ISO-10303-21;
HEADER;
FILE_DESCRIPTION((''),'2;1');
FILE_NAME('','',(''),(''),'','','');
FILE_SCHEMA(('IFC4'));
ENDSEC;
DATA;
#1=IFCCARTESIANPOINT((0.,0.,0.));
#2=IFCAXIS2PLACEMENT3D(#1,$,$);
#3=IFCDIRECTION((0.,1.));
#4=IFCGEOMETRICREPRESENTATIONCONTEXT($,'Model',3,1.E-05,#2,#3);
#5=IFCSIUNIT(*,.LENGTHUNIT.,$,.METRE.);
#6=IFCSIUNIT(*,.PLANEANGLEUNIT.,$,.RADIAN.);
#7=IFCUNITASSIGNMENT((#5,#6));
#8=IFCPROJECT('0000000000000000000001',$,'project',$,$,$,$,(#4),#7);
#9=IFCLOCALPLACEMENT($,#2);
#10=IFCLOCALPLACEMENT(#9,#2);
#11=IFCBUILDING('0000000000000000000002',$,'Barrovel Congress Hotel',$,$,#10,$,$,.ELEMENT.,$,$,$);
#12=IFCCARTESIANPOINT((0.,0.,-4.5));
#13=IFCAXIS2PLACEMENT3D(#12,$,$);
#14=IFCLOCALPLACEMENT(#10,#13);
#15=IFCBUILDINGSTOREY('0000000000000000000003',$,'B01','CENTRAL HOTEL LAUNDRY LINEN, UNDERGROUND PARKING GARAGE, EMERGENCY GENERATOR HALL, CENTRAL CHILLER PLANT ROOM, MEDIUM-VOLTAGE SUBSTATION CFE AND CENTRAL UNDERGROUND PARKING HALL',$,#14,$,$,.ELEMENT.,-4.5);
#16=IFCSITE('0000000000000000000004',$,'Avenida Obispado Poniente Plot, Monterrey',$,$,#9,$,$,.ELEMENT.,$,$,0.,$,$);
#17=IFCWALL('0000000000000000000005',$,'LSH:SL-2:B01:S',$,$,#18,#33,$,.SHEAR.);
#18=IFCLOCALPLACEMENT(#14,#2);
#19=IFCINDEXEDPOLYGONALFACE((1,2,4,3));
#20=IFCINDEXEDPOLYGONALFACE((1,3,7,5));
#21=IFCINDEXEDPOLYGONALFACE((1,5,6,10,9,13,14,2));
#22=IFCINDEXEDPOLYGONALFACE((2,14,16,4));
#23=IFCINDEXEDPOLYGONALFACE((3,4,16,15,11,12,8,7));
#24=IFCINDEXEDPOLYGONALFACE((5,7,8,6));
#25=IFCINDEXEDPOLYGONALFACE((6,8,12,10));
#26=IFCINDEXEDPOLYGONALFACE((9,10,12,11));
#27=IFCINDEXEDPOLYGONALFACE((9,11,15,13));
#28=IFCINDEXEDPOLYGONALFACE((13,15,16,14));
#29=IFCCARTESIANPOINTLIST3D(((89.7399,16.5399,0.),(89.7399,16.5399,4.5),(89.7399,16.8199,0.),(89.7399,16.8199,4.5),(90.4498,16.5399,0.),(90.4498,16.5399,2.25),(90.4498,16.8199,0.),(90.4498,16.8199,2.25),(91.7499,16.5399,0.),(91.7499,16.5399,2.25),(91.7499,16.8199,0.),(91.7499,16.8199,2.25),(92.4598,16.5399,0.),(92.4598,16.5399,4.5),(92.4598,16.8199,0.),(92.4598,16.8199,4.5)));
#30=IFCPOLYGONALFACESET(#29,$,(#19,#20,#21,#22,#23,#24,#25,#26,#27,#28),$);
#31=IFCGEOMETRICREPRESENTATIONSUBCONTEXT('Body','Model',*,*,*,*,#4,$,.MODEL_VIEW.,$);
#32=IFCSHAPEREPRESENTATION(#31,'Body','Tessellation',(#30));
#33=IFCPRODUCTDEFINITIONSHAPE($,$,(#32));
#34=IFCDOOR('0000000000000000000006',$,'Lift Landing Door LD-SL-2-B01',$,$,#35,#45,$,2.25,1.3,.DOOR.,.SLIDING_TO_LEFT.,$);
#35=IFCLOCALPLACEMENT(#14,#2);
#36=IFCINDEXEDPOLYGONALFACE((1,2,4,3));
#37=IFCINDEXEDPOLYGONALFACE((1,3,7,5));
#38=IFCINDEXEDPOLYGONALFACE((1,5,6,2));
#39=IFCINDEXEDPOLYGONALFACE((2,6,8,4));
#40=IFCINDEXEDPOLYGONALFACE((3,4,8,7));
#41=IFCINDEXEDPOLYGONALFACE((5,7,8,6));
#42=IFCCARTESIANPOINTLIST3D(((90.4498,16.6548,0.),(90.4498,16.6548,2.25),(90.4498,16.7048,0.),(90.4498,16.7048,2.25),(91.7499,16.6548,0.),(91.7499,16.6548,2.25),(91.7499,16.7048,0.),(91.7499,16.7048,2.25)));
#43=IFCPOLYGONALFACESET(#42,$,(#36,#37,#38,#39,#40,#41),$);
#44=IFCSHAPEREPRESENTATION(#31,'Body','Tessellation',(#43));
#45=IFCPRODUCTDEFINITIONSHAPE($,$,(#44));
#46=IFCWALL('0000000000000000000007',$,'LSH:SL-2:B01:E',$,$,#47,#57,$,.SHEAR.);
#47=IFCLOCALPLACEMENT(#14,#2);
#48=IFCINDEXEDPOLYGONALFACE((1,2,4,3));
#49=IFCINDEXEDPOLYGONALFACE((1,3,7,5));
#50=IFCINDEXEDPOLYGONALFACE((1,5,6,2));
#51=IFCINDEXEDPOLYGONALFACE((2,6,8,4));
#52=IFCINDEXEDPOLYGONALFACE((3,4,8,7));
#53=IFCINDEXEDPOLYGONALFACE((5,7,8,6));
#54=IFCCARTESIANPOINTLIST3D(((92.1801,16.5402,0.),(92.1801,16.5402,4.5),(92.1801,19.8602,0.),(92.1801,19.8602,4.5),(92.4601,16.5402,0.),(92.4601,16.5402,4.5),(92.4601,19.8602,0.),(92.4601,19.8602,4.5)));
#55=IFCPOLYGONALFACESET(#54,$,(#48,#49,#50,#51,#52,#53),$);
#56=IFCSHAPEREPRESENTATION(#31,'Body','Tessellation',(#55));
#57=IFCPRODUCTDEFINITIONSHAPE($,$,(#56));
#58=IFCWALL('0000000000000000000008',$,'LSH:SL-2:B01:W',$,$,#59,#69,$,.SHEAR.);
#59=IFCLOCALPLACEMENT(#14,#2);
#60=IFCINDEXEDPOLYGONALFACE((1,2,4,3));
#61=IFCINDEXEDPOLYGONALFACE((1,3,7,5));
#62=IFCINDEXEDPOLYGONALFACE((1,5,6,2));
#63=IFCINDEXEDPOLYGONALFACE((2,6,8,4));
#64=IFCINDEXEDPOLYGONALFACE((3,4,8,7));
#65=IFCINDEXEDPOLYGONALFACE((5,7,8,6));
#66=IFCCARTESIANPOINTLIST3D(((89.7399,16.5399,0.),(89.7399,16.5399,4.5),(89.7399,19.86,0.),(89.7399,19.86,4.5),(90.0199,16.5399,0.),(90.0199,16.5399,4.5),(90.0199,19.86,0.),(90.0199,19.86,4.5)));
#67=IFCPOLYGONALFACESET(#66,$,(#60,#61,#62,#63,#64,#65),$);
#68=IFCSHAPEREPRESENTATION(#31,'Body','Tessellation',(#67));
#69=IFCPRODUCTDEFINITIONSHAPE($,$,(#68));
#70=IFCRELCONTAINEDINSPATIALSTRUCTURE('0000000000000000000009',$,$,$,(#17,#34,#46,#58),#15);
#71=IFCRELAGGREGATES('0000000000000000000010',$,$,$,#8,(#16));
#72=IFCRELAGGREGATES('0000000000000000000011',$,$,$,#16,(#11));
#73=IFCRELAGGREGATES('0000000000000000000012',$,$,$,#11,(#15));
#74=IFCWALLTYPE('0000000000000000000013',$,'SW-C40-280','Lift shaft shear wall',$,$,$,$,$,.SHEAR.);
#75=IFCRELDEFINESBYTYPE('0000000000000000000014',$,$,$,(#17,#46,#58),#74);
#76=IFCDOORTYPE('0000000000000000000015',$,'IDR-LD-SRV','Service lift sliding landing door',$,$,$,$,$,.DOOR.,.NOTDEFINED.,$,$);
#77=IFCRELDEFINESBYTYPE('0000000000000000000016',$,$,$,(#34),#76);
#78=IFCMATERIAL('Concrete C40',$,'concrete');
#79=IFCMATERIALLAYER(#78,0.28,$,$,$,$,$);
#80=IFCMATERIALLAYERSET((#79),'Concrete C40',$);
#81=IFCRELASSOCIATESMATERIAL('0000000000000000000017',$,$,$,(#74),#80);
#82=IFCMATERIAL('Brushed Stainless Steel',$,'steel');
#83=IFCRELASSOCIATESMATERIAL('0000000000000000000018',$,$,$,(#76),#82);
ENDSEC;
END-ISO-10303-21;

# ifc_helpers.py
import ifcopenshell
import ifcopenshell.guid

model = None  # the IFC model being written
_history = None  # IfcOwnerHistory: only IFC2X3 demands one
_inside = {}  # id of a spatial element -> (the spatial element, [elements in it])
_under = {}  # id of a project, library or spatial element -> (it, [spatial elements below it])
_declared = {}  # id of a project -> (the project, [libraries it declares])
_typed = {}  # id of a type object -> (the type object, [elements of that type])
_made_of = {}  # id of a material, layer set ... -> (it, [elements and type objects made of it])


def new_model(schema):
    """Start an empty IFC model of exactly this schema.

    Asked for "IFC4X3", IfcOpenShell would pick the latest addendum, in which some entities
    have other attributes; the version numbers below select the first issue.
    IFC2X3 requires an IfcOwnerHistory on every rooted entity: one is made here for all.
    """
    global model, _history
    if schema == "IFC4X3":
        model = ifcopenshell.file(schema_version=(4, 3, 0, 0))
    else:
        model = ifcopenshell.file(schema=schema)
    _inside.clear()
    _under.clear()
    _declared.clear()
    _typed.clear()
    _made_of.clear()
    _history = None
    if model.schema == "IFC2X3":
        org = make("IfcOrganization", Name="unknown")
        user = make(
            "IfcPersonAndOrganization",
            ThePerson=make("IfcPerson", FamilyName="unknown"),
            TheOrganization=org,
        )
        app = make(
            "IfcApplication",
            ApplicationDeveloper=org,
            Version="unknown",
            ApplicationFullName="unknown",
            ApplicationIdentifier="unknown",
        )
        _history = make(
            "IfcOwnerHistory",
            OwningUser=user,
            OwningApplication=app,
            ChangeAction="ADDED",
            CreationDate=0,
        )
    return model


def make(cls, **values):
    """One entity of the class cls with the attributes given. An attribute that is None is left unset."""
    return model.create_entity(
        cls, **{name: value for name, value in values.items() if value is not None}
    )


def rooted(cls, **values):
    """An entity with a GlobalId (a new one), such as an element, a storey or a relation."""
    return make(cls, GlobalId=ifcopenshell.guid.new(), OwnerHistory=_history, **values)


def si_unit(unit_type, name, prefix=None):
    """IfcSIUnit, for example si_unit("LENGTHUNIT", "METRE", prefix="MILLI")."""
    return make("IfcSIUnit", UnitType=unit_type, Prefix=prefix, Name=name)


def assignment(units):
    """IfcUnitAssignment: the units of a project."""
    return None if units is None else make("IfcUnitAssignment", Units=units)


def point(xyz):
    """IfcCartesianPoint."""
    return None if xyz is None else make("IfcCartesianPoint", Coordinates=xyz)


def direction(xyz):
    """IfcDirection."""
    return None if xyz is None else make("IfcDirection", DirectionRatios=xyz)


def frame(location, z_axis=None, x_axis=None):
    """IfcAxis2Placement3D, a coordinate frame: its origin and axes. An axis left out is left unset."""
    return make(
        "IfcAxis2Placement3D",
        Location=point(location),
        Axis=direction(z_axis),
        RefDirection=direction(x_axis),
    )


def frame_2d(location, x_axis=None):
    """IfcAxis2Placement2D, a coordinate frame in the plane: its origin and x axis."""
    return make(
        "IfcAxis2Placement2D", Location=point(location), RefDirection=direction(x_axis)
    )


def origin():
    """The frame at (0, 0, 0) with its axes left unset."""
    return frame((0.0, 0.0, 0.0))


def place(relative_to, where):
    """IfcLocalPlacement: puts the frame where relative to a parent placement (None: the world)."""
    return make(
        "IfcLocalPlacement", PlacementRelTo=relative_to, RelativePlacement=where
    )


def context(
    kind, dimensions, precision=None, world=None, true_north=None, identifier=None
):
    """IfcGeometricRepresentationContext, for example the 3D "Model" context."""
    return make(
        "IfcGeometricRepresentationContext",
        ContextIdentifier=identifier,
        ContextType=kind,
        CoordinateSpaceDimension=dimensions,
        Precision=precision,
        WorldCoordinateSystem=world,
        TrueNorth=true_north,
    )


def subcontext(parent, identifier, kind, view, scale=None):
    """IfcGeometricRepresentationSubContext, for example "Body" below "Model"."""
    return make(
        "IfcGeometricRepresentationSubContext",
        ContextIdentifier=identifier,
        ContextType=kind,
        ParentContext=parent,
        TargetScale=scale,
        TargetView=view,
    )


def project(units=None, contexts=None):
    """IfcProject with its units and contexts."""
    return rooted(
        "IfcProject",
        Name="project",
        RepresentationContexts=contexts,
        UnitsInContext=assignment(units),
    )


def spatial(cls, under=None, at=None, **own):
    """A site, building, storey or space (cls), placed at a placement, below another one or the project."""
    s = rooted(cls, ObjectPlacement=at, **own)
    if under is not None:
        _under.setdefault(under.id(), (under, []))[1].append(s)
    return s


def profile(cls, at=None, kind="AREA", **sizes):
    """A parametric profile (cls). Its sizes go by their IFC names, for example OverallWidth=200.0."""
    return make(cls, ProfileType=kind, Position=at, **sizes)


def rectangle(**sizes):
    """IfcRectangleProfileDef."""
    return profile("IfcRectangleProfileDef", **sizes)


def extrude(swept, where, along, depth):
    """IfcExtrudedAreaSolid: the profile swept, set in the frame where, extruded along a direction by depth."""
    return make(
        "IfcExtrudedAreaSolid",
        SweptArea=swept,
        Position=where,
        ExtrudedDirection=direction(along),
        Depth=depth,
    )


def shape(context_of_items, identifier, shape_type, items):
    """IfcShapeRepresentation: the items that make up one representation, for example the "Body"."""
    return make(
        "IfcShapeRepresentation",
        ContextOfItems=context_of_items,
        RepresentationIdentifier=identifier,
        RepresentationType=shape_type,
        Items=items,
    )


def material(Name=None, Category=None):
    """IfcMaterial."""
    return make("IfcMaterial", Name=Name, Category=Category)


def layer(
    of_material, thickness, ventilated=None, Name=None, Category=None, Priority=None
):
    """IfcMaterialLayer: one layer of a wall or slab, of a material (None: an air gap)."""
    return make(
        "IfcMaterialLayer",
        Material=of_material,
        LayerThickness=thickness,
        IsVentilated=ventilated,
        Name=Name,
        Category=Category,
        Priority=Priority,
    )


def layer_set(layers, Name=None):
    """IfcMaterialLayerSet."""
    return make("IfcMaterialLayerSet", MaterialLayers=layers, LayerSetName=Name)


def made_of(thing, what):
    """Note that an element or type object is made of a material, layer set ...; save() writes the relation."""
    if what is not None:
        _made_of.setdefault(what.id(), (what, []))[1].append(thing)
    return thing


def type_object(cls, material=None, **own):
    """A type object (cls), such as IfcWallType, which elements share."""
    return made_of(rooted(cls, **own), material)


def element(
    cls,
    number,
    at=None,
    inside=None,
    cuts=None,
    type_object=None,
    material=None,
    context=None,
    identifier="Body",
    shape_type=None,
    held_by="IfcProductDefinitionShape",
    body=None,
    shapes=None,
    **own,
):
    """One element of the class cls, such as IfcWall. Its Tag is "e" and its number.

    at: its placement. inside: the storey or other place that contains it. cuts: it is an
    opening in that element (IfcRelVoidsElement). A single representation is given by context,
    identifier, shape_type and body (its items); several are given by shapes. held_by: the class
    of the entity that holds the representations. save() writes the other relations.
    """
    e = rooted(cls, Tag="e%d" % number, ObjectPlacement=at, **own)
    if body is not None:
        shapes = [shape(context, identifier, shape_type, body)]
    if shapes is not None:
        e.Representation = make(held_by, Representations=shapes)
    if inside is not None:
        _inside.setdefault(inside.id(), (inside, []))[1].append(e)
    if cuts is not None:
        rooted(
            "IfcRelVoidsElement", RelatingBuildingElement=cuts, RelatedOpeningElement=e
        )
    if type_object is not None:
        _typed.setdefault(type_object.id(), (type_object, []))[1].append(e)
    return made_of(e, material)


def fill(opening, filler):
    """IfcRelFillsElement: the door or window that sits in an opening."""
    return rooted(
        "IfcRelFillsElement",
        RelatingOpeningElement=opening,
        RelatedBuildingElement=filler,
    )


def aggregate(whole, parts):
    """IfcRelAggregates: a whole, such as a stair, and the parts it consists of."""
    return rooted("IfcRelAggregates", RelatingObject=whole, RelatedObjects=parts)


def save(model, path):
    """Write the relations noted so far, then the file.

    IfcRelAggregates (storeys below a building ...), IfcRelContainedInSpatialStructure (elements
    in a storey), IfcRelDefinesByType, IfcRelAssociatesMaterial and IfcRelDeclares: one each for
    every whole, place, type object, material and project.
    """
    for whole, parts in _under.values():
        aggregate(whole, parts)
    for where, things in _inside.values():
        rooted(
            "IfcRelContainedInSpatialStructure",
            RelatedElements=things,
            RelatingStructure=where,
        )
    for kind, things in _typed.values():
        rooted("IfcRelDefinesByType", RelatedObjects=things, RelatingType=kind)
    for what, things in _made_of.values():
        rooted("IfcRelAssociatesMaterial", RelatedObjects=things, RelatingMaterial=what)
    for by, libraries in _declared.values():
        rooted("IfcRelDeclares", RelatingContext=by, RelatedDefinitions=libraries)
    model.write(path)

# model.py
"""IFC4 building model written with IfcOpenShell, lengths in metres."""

from ifc_helpers import new_model, si_unit, direction, frame, frame_2d, origin, place, context, subcontext, project, spatial, rectangle, extrude, material, layer, layer_set, type_object, element, fill, save


model = new_model("IFC4")

# Units and contexts
model_context = context("Model", 3, precision=1e-05, world=origin(), true_north=direction((0.0, 1.0)))
body_context = subcontext(model_context, "Body", "Model", "MODEL_VIEW")
ifc_project = project(units=[si_unit("LENGTHUNIT", "METRE"), si_unit("PLANEANGLEUNIT", "RADIAN")], contexts=[model_context])

# Site, building, storey
site_placement = place(None, origin())
site = spatial("IfcSite", under=ifc_project, at=site_placement, Name="Avenida Obispado Poniente Plot, Monterrey", CompositionType="ELEMENT", RefElevation=0.0)
building_placement = place(site_placement, origin())
building = spatial("IfcBuilding", under=site, at=building_placement, Name="Barrovel Congress Hotel", CompositionType="ELEMENT")
storey_placement = place(building_placement, frame((0.0, 0.0, -4.5)))
storey = spatial("IfcBuildingStorey", under=building, at=storey_placement, Name="B01", Description="CENTRAL HOTEL LAUNDRY LINEN, UNDERGROUND PARKING GARAGE, EMERGENCY GENERATOR HALL, CENTRAL CHILLER PLANT ROOM, MEDIUM-VOLTAGE SUBSTATION CFE AND CENTRAL UNDERGROUND PARKING HALL", CompositionType="ELEMENT", Elevation=-4.5)

# Shared definitions
ifc_material_1 = material(Name="Concrete C40", Category="concrete")

# Shared definitions
ifc_layer = layer(ifc_material_1, 0.28)
ifc_layer_set = layer_set([ifc_layer], Name="Concrete C40")
wall_type = type_object("IfcWallType", Name="SW-C40-280", Description="Lift shaft shear wall", PredefinedType="SHEAR", material=ifc_layer_set)

# Shared definitions
ifc_material_2 = material(Name="Brushed Stainless Steel", Category="steel")

# Wall, opening, door
wall_1_placement = place(storey_placement, frame((89.74, 16.6799, 0.0), z_axis=(0.0, 0.0, 1.0), x_axis=(1.0, 0.0, 0.0)))
wall_1 = element("IfcWall", 1, at=wall_1_placement, inside=storey, type_object=wall_type, Name="LSH:SL-2:B01:S", PredefinedType="SHEAR", context=body_context, shape_type="SweptSolid", body=[
    extrude(rectangle(XDim=2.72, YDim=0.28, at=frame_2d((1.3599, 0.0))), origin(), (0.0, 0.0, 1.0), 4.5),
])
opening_1_placement = place(wall_1_placement, frame((0.71, 0.0, 0.0)))
opening_1 = element("IfcOpeningElement", 2, at=opening_1_placement, cuts=wall_1, PredefinedType="OPENING", context=body_context, shape_type="SweptSolid", body=[
    extrude(rectangle(XDim=1.3, YDim=2.25, at=frame_2d((0.6499, 1.125))), frame((0.0, 0.1499, 0.0), z_axis=(0.0, -1.0, 0.0), x_axis=(1.0, 0.0, 0.0)), (0.0, 0.0, 1.0), 0.3),
])
door_type_1 = type_object("IfcDoorType", Name="IDR-LD-SRV", Description="Service lift sliding landing door", OperationType="NOTDEFINED", PredefinedType="DOOR", material=ifc_material_2)
door_1_placement = place(opening_1_placement, origin())
door_1 = element("IfcDoor", 3, at=door_1_placement, inside=storey, type_object=door_type_1, Name="Lift Landing Door LD-SL-2-B01", OperationType="SLIDING_TO_LEFT", OverallHeight=2.25, OverallWidth=1.3, PredefinedType="DOOR", context=body_context, shape_type="SweptSolid", body=[
    extrude(rectangle(XDim=1.3, YDim=2.25, at=frame_2d((0.6499, 1.125))), frame((0.0, 0.0249, 0.0), z_axis=(0.0, -1.0, 0.0), x_axis=(1.0, 0.0, 0.0)), (0.0, 0.0, 1.0), 0.05),
])
fill(opening_1, door_1)

# Walls
for number, where, z_axis, x_axis, name in (
    (4, (92.3201, 16.54, 0.0), (0.0, 0.0, 1.0), (0.0, 1.0, 0.0), "LSH:SL-2:B01:E"),
    (5, (89.8799, 19.8601, 0.0), (0.0, 0.0, 1.0), (0.0, -1.0, 0.0), "LSH:SL-2:B01:W"),
):
    element("IfcWall", number, at=place(storey_placement, frame(where, z_axis=z_axis, x_axis=x_axis)), inside=storey, type_object=wall_type, Name=name, PredefinedType="SHEAR", context=body_context, shape_type="SweptSolid", body=[
        extrude(rectangle(XDim=3.3201, YDim=0.28, at=frame_2d((1.6602, 0.0))), origin(), (0.0, 0.0, 1.0), 4.5),
    ])

save(model, "model.ifc")
